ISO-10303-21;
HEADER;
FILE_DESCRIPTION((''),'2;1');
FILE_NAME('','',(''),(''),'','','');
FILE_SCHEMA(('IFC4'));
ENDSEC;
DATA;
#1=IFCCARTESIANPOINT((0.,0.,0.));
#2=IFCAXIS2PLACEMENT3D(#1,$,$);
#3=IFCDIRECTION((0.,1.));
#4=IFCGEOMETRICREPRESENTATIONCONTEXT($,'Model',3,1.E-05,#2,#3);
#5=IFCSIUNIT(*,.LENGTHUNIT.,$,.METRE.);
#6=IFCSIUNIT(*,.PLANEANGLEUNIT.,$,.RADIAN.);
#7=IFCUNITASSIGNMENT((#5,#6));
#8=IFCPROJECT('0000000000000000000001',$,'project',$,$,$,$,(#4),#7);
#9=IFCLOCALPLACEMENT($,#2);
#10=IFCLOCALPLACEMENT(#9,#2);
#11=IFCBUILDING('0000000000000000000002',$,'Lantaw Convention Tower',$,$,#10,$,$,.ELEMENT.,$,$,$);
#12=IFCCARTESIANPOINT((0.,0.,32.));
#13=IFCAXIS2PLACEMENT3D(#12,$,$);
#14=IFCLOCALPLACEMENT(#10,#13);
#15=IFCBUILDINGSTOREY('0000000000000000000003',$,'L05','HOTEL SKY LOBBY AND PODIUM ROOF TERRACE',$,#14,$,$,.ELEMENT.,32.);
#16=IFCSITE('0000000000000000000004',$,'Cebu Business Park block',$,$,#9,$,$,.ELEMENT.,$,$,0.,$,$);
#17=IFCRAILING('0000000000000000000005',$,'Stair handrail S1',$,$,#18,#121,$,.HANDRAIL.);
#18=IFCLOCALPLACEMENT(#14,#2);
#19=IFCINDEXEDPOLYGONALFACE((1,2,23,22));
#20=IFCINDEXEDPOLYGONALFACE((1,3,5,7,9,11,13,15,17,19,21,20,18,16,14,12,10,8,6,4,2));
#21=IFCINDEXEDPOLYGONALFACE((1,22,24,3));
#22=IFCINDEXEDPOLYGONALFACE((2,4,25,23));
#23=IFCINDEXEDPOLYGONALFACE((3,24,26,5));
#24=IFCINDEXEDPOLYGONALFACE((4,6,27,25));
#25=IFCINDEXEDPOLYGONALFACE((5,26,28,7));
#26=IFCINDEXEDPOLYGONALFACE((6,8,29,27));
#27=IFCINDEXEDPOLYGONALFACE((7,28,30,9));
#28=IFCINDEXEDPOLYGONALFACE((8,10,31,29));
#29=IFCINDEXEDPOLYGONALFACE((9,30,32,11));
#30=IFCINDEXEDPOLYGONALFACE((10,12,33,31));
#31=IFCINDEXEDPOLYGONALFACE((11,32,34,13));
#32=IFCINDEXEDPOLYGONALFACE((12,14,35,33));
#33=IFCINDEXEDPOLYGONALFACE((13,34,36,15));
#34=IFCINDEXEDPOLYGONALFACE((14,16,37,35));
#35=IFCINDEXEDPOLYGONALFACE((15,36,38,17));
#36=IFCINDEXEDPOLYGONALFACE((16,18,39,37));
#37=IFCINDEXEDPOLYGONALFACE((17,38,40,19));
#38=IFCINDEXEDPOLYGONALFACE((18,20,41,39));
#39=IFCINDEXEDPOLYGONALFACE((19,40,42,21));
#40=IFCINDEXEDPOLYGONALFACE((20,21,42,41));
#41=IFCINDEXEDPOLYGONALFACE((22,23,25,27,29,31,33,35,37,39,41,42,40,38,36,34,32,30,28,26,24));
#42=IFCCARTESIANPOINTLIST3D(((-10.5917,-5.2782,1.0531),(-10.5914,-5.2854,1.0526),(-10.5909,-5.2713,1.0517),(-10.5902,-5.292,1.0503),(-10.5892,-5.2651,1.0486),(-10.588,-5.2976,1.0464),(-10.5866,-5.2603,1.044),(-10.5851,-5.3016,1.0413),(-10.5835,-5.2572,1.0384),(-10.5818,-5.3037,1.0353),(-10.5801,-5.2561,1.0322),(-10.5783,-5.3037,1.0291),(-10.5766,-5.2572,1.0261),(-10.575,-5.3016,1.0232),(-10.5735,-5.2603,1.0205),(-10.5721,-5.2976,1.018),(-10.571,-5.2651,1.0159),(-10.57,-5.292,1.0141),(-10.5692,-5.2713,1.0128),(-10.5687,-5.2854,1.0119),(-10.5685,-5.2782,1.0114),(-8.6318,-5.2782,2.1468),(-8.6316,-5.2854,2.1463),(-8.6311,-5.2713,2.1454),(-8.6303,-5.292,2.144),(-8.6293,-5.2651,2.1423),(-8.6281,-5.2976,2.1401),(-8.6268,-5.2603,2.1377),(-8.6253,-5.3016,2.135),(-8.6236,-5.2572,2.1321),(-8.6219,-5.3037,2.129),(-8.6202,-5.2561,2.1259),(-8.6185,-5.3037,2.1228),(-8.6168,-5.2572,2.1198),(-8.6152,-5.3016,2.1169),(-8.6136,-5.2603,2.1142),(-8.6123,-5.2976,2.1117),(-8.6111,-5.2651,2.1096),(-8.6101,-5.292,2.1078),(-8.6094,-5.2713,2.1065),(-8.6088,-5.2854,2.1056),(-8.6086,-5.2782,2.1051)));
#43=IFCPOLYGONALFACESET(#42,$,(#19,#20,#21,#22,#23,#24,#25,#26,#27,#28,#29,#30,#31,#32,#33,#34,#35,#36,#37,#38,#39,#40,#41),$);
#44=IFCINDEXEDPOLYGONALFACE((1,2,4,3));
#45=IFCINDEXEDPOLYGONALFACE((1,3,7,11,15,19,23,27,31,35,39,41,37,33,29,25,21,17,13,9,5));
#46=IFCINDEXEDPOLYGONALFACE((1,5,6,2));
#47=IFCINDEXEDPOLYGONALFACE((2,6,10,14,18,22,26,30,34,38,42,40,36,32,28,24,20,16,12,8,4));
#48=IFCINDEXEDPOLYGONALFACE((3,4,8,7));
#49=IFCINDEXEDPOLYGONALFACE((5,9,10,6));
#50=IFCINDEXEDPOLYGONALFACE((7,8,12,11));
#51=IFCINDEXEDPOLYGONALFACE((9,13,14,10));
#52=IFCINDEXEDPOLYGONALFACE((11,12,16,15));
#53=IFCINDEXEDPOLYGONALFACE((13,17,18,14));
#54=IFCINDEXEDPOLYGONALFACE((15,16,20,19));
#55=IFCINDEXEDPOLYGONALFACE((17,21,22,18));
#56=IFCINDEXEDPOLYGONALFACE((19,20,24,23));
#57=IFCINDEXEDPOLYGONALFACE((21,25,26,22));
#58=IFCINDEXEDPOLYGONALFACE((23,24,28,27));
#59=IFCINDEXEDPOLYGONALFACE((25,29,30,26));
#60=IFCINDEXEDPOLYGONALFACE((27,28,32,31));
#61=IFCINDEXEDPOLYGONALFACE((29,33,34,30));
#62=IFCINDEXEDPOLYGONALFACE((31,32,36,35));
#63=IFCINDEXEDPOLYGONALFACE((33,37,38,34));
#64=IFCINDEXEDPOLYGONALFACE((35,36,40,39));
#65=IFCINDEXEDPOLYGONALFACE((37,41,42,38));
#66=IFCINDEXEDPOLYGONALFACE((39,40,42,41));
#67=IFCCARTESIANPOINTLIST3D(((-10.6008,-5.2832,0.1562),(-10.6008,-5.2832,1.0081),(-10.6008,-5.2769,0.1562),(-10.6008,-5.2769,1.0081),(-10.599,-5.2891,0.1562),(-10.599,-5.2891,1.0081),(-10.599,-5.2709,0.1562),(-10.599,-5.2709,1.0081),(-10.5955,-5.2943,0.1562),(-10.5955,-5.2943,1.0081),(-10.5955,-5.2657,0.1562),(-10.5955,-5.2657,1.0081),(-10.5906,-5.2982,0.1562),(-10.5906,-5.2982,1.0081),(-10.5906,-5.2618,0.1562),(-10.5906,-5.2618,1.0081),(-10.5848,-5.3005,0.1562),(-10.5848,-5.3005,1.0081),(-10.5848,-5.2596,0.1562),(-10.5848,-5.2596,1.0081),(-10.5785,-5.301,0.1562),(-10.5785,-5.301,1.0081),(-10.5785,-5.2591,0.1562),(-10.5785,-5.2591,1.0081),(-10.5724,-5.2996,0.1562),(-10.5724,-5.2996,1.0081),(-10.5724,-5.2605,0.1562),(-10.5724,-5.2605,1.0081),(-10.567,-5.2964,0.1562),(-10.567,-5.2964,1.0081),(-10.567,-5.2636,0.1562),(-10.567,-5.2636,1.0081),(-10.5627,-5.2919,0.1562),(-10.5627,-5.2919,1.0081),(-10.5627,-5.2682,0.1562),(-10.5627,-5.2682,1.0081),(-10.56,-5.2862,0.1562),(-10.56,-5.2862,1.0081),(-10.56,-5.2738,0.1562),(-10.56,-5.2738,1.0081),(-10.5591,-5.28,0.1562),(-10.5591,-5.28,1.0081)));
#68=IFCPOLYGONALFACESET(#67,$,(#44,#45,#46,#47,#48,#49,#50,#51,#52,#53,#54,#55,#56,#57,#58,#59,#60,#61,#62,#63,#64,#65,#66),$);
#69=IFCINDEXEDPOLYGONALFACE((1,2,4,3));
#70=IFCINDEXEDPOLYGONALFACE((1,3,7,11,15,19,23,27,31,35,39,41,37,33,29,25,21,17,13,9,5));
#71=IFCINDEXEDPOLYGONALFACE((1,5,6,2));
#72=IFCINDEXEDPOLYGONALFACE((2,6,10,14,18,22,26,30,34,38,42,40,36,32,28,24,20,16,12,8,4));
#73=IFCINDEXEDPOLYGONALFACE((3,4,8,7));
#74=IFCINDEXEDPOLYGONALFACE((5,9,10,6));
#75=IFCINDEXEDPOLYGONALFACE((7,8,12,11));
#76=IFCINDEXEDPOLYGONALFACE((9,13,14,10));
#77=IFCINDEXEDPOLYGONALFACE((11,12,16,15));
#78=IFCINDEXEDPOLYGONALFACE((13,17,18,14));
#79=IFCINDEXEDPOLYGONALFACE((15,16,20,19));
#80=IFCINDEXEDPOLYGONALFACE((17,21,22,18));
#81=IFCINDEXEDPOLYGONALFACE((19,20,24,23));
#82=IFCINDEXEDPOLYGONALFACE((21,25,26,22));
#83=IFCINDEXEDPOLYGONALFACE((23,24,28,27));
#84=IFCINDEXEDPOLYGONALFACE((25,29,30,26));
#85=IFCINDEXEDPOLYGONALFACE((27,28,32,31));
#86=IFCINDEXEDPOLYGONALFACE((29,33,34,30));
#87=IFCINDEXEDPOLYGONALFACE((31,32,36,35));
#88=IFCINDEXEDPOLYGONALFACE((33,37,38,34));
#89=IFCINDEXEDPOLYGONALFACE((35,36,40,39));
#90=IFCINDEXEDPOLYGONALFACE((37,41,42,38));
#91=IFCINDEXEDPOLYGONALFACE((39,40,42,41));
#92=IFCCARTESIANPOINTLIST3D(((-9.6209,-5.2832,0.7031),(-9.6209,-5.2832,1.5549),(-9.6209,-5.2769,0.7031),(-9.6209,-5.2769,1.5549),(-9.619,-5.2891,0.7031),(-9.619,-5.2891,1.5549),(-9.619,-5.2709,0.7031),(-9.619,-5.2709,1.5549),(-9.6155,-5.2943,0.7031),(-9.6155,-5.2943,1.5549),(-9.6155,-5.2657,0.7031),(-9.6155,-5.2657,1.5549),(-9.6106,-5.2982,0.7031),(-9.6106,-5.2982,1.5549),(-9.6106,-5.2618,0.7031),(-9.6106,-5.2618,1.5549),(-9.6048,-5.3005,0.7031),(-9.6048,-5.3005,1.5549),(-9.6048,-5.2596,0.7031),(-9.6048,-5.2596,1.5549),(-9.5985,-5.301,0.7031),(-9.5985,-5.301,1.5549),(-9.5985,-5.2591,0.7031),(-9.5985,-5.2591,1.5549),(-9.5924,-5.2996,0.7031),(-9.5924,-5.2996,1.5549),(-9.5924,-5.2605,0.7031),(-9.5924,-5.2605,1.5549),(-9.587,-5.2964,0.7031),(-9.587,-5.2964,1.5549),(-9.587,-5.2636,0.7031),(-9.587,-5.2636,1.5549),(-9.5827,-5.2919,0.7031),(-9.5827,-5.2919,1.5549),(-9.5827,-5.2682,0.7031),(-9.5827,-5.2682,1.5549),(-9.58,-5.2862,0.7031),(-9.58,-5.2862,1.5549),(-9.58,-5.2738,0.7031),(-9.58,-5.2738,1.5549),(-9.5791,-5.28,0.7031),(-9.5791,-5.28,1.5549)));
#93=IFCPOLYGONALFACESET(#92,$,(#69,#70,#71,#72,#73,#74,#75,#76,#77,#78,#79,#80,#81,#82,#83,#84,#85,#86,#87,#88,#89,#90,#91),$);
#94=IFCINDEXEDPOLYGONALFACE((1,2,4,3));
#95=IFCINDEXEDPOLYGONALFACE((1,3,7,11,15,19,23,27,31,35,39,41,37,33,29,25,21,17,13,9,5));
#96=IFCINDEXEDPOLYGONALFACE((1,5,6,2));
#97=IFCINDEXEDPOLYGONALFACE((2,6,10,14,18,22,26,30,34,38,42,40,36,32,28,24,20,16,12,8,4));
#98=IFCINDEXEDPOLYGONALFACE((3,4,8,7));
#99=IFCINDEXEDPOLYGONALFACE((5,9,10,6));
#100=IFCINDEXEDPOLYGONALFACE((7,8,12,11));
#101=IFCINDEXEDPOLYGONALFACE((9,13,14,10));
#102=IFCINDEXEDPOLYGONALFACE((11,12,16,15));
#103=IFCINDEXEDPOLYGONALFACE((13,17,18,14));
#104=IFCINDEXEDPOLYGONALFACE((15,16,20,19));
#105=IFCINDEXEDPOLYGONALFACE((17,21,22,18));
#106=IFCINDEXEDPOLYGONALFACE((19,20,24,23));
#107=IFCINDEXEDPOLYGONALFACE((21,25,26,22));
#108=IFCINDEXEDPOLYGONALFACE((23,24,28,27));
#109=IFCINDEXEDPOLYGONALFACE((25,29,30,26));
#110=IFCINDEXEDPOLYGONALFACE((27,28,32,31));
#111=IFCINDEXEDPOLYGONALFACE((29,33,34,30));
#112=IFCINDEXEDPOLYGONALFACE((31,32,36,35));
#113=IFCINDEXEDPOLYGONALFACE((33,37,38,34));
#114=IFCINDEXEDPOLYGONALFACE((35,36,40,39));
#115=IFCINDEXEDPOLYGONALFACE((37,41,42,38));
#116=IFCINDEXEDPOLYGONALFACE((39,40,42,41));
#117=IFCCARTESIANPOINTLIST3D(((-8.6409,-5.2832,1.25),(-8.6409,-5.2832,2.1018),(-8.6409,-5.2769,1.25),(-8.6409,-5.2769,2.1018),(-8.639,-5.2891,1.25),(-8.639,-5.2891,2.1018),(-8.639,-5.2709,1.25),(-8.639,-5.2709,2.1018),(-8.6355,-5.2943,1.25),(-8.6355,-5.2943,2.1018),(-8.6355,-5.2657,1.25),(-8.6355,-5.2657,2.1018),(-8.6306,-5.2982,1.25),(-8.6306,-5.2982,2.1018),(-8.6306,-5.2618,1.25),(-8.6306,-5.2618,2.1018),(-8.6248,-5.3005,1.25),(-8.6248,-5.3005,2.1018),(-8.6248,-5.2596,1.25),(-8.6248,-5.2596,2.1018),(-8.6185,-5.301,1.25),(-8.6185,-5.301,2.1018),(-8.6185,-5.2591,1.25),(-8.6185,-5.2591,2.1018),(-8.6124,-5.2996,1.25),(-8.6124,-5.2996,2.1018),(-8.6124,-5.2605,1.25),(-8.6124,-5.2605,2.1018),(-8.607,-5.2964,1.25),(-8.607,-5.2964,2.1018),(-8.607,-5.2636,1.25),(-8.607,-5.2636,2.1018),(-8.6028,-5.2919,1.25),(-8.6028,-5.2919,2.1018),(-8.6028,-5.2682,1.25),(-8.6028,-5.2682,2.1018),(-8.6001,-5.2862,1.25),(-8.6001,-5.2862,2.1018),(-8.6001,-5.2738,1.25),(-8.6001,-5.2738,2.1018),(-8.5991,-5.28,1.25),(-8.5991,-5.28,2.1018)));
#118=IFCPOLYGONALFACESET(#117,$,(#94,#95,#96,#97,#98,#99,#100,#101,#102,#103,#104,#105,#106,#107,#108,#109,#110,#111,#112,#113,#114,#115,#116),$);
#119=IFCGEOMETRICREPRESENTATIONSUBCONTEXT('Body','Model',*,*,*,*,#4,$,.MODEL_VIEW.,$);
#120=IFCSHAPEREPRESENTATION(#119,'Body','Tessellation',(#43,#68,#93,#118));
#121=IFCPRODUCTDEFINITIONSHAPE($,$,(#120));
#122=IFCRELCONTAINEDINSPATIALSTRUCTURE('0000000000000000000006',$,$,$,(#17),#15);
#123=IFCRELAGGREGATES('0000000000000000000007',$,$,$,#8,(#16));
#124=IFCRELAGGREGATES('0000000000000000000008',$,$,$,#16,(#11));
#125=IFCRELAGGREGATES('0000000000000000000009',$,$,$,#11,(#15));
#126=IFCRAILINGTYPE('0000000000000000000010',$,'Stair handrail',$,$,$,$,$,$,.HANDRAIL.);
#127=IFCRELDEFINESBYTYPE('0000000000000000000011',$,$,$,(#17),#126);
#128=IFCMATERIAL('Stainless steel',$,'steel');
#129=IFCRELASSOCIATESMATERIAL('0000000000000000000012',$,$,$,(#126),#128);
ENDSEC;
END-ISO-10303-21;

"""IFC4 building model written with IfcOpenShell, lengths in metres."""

from ifc_helpers import new_model, si_unit, direction, frame, origin, origin_2d, place, context, subcontext, project, spatial, circle, extrude, material, type_object, element, save


model = new_model("IFC4")

# Units and contexts
model_context = context("Model", 3, precision=1e-05, world=origin(), true_north=direction((0.0, 1.0)))
body_context = subcontext(model_context, "Body", "Model", "MODEL_VIEW")
ifc_project = project(units=[si_unit("LENGTHUNIT", "METRE"), si_unit("PLANEANGLEUNIT", "RADIAN")], contexts=[model_context])

# Site, building, storey
site_placement = place(None, origin())
site = spatial("IfcSite", under=ifc_project, at=site_placement, Name="Cebu Business Park block", CompositionType="ELEMENT", RefElevation=0.0)
building_placement = place(site_placement, origin())
building = spatial("IfcBuilding", under=site, at=building_placement, Name="Lantaw Convention Tower", CompositionType="ELEMENT")
storey_placement = place(building_placement, frame((0.0, 0.0, 32.0)))
storey = spatial("IfcBuildingStorey", under=building, at=storey_placement, Name="L05", Description="HOTEL SKY LOBBY AND PODIUM ROOF TERRACE", CompositionType="ELEMENT", Elevation=32.0)

# Shared definitions
ifc_material_1 = material(Name="Stainless steel", Category="steel")

# Railing
railing_type = type_object("IfcRailingType", Name="Stair handrail", PredefinedType="HANDRAIL", material=ifc_material_1)
railing_1_placement = place(storey_placement, frame((-10.5801, -5.28, 0.1562)))
element("IfcRailing", 1, at=railing_1_placement, inside=storey, type_object=railing_type, Name="Stair handrail S1", PredefinedType="HANDRAIL", context=body_context, shape_type="SweptSolid", body=[
    extrude(circle(Radius=0.0239, at=origin_2d()), frame((0.0, 0.0, 0.876), z_axis=(0.873232, 0.0, 0.487304), x_axis=(0.0, 1.0, 0.0)), (0.0, 0.0, 1.0), 2.2444),
    extrude(circle(Radius=0.021, at=origin_2d()), origin(), (0.0, 0.0, 1.0), 0.8518),
    extrude(circle(Radius=0.021, at=origin_2d()), frame((0.98, 0.0, 0.5469)), (0.0, 0.0, 1.0), 0.8518),
    extrude(circle(Radius=0.021, at=origin_2d()), frame((1.96, 0.0, 1.0938)), (0.0, 0.0, 1.0), 0.8518),
])

save(model, "model.ifc")
